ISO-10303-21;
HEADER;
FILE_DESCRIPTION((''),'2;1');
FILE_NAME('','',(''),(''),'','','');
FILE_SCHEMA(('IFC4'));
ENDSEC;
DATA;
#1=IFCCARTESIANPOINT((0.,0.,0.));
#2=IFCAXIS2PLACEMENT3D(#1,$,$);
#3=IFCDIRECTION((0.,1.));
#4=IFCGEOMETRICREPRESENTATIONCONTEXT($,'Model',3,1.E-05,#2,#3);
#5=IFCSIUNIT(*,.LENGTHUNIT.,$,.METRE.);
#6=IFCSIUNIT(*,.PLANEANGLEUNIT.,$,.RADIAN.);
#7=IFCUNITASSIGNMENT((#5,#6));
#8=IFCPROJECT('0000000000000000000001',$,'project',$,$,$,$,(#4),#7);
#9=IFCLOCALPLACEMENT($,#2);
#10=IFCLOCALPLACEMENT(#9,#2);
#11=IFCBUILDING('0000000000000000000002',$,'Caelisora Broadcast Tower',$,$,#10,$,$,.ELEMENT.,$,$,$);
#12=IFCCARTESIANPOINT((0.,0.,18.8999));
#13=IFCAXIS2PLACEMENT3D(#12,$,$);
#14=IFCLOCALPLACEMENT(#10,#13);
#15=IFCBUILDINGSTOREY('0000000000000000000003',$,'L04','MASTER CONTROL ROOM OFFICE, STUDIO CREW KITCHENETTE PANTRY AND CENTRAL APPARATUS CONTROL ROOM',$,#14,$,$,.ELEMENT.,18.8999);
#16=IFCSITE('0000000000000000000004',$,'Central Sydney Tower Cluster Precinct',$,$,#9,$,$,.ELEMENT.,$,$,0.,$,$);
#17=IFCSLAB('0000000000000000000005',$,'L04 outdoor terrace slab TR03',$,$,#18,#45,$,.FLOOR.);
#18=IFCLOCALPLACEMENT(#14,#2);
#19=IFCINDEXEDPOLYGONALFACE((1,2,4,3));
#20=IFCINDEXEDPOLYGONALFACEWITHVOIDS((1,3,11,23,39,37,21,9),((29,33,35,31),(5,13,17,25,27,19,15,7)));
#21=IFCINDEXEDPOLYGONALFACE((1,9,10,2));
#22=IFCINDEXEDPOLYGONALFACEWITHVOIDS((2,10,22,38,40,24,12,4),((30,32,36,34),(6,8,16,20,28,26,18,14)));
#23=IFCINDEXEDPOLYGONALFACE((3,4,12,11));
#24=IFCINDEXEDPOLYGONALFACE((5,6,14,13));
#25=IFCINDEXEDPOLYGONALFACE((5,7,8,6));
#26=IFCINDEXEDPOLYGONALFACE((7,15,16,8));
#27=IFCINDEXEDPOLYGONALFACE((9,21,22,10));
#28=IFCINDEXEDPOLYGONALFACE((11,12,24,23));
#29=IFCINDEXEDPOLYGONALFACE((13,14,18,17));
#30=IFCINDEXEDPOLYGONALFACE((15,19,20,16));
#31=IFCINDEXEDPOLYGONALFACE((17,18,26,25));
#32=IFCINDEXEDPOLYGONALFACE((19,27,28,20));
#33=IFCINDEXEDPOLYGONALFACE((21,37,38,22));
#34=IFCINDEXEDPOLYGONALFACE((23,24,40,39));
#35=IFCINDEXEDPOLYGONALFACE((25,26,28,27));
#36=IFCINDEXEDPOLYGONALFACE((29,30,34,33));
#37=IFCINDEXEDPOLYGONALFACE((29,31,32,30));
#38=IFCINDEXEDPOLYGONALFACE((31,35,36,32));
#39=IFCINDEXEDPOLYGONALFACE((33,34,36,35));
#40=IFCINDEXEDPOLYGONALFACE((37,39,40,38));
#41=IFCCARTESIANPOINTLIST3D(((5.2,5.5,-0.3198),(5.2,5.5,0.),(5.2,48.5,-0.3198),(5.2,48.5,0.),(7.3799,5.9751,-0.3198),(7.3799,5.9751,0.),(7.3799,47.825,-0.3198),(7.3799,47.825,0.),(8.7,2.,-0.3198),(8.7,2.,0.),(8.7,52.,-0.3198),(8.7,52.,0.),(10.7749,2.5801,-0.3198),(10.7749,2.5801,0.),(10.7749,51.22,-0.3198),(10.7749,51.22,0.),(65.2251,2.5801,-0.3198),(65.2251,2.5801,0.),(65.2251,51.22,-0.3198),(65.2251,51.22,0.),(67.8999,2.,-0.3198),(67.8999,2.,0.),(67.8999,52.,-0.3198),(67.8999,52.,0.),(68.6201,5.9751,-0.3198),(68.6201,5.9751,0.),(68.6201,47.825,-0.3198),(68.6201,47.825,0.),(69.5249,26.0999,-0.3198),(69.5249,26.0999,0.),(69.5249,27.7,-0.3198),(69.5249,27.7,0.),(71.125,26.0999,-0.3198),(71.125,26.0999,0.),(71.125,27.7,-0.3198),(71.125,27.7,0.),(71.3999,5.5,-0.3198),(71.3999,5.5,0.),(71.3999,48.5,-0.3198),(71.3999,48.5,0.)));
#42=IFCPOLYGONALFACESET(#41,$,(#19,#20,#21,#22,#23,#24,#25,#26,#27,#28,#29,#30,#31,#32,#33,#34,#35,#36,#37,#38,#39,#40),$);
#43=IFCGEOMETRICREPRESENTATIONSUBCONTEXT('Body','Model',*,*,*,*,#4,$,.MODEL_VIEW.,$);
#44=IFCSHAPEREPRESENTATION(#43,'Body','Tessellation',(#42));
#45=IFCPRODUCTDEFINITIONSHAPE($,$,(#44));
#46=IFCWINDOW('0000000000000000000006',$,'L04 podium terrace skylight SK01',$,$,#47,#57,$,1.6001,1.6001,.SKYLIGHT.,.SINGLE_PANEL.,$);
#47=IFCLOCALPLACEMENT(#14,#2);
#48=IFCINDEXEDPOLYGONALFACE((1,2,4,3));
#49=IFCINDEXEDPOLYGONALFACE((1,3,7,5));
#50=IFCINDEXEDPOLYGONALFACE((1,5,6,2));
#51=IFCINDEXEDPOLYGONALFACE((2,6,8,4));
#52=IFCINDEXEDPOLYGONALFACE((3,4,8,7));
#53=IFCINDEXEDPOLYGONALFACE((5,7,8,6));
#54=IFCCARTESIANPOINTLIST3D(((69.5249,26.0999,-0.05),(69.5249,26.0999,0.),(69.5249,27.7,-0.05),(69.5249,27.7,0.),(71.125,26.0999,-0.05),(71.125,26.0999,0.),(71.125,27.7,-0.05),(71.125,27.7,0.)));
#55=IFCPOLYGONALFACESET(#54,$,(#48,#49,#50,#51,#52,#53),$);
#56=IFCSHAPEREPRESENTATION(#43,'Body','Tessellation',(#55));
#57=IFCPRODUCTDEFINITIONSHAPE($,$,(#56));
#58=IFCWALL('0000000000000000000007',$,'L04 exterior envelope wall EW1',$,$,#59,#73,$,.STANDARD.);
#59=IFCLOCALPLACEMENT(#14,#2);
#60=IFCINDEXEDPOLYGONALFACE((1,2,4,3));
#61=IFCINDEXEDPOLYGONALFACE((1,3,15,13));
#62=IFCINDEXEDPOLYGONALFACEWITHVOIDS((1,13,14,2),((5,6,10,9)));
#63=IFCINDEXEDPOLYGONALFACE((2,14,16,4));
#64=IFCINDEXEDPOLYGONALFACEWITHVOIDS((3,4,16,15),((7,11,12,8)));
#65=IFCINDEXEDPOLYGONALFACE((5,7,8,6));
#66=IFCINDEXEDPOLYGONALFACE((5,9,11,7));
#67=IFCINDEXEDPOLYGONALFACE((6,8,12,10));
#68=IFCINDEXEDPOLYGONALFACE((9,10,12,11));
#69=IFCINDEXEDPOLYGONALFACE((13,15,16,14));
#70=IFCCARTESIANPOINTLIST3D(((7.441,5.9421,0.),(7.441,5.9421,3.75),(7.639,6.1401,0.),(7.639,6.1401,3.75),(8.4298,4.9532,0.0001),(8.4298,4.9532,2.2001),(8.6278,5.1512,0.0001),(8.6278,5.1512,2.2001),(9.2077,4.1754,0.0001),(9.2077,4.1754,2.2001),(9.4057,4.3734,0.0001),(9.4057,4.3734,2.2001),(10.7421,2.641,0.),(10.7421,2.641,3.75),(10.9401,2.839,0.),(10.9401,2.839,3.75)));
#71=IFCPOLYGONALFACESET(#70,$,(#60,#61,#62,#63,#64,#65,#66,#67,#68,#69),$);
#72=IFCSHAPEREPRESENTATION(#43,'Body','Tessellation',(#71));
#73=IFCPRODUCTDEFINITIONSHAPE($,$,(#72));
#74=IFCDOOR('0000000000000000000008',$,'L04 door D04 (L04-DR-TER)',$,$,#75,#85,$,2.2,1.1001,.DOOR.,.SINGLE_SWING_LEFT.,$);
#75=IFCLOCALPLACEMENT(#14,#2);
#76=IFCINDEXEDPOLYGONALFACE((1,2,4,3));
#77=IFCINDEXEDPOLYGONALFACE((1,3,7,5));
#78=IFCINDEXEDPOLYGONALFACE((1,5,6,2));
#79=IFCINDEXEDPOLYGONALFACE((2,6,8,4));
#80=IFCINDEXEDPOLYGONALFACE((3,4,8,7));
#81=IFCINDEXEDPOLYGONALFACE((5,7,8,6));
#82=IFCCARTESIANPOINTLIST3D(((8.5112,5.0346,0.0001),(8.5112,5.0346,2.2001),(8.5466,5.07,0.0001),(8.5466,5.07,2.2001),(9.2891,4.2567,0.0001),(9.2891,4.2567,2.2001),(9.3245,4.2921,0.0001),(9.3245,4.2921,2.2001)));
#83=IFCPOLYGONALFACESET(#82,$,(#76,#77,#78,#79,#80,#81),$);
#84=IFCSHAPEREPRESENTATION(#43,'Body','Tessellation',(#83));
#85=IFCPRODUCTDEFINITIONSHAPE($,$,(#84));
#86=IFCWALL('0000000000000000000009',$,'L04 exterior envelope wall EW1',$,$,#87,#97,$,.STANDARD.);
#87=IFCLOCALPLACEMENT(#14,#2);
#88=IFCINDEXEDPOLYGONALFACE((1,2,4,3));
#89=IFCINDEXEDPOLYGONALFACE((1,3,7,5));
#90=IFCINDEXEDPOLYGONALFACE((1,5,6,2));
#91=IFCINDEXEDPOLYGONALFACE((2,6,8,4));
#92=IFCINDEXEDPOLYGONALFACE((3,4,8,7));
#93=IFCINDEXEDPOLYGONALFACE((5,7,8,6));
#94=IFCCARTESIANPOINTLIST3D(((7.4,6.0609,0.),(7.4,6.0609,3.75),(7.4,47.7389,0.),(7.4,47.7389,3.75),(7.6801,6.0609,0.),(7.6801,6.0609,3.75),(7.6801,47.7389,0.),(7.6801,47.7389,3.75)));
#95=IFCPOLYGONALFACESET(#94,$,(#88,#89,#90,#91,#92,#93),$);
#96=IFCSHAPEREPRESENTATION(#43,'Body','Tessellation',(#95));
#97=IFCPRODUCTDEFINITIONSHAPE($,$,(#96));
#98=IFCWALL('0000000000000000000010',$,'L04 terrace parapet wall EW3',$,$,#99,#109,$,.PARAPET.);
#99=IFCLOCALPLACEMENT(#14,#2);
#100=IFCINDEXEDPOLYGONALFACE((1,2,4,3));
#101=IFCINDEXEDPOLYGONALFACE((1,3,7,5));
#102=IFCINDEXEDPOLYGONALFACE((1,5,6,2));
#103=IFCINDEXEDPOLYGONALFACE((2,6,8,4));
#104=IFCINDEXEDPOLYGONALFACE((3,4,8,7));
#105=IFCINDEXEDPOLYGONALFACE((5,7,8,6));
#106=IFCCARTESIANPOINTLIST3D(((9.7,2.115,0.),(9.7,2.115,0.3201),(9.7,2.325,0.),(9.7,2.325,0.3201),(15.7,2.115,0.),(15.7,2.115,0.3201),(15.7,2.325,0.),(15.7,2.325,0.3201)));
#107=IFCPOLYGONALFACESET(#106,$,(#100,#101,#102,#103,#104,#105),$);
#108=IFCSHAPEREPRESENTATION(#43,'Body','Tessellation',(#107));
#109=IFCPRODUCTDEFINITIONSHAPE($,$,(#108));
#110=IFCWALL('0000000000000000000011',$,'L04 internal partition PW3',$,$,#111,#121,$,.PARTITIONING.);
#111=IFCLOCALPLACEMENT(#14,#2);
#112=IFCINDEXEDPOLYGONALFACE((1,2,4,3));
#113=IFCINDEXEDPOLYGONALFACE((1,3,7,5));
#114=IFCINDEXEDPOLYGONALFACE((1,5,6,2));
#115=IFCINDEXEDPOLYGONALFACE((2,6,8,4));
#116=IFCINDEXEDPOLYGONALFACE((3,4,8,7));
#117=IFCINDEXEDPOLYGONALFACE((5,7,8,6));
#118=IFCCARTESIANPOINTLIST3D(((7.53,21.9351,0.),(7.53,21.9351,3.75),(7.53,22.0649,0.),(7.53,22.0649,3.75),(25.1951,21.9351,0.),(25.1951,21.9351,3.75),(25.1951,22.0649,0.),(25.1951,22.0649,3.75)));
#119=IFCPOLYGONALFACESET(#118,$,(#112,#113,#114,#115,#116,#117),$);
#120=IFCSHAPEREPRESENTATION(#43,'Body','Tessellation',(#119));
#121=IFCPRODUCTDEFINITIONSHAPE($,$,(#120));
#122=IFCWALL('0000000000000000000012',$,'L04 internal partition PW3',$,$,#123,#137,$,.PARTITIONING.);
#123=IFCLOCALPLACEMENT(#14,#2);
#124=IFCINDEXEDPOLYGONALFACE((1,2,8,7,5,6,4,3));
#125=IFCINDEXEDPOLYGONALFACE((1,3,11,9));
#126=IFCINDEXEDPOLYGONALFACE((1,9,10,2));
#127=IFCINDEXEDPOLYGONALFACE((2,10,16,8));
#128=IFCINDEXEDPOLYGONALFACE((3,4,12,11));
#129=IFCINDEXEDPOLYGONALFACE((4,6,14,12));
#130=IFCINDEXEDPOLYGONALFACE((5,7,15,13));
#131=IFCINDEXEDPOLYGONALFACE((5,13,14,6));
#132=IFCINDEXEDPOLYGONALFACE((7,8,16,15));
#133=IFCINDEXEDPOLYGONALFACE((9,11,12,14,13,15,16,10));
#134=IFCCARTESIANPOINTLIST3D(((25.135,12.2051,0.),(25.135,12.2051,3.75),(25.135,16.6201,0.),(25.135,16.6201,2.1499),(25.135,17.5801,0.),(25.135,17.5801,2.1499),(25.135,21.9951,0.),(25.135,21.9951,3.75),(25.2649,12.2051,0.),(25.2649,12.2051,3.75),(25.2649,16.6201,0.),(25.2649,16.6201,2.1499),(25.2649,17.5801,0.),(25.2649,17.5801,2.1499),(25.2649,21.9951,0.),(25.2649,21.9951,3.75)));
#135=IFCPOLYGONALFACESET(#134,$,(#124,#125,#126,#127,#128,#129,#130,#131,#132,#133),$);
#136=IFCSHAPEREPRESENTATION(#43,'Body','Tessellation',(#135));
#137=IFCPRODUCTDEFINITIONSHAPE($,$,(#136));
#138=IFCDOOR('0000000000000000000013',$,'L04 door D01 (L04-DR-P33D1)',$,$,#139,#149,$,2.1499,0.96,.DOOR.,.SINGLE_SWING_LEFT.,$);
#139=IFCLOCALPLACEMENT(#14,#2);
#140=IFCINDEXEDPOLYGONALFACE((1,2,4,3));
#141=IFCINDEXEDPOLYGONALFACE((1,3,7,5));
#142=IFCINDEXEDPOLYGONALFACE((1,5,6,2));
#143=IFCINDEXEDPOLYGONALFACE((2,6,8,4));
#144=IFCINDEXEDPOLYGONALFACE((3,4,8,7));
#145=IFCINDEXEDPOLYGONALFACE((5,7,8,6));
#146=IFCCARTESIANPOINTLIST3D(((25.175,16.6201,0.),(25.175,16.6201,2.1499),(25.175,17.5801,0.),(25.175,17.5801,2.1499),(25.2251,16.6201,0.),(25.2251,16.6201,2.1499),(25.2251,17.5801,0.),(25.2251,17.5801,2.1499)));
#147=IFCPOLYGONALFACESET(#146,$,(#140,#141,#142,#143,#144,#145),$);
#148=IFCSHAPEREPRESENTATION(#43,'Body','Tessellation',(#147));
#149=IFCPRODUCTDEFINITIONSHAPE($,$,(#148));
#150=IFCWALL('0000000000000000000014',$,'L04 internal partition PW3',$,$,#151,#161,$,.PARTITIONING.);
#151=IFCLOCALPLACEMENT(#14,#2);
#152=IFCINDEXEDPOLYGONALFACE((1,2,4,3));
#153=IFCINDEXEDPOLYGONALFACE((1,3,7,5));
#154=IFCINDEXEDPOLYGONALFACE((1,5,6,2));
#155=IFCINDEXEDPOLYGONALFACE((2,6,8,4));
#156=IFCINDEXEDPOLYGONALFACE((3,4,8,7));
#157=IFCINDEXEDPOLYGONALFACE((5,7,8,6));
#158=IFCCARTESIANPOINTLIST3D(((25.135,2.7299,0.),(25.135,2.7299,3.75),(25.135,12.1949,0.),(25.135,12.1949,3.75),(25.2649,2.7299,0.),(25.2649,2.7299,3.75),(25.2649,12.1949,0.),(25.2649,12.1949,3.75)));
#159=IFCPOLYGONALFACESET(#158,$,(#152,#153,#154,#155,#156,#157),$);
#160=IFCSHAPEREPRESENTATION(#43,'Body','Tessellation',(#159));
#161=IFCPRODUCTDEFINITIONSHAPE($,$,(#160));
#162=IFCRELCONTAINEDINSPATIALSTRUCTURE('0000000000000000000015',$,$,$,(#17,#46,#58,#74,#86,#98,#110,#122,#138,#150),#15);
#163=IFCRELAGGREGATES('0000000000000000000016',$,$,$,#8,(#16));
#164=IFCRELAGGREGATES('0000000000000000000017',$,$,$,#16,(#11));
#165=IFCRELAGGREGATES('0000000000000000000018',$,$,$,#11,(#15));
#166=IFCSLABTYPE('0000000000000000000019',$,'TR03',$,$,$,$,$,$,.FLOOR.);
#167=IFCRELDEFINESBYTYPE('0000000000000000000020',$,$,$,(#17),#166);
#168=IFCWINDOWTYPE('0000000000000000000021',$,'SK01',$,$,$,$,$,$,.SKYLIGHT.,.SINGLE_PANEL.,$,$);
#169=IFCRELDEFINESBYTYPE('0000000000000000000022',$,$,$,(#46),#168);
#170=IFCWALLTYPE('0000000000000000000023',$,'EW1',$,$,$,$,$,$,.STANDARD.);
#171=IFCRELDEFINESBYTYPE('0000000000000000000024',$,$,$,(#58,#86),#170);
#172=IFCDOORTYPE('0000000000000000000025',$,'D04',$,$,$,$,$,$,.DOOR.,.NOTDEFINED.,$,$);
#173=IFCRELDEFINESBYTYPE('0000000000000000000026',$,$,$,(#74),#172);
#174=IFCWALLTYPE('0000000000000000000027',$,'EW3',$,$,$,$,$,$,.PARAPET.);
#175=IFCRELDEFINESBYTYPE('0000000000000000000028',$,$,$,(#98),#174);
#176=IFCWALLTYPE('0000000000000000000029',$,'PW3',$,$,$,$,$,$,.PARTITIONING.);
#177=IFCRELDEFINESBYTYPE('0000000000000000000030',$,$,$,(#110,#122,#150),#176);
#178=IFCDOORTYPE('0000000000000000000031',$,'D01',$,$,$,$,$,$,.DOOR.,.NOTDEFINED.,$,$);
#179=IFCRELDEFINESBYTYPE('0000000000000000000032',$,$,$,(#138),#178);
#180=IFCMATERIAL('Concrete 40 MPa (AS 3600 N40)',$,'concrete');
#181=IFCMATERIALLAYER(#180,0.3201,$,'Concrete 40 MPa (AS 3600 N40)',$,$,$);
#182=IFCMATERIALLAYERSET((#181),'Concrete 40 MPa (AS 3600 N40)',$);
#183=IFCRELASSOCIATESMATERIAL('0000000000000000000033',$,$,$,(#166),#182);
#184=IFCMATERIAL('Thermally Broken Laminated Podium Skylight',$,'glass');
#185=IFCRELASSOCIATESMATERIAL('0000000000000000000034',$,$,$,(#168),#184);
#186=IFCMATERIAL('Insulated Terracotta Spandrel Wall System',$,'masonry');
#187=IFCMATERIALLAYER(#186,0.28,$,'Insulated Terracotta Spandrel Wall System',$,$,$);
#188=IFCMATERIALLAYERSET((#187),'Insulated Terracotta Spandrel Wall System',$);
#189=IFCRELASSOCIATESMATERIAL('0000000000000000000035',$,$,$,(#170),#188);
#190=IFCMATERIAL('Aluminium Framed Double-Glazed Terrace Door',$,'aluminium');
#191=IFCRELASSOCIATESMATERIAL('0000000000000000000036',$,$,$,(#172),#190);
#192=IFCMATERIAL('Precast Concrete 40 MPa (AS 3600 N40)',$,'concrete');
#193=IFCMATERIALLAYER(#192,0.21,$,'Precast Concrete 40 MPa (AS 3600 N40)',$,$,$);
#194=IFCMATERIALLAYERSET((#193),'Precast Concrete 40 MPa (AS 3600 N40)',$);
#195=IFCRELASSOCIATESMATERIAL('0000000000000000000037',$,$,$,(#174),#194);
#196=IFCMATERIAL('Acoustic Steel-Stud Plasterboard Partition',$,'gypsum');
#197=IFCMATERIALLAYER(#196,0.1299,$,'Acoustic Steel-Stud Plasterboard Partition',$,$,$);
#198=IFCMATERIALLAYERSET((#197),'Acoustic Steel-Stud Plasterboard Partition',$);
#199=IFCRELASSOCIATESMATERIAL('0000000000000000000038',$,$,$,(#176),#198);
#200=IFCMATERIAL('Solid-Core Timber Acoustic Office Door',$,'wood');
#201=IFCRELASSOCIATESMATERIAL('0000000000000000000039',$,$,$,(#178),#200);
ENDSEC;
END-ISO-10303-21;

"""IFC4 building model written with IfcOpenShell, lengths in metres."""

from ifc_helpers import new_model, si_unit, direction, frame, frame_2d, origin, origin_2d, place, context, subcontext, project, spatial, polyline, rectangle, outline, extrude, material, layer, layer_set, type_object, element, fill, save


model = new_model("IFC4")

# Units and contexts
model_context = context("Model", 3, precision=1e-05, world=origin(), true_north=direction((0.0, 1.0)))
body_context = subcontext(model_context, "Body", "Model", "MODEL_VIEW")
ifc_project = project(units=[si_unit("LENGTHUNIT", "METRE"), si_unit("PLANEANGLEUNIT", "RADIAN")], contexts=[model_context])

# Site, building, storey
site_placement = place(None, origin())
site = spatial("IfcSite", under=ifc_project, at=site_placement, Name="Central Sydney Tower Cluster Precinct", CompositionType="ELEMENT", RefElevation=0.0)
building_placement = place(site_placement, origin())
building = spatial("IfcBuilding", under=site, at=building_placement, Name="Caelisora Broadcast Tower", CompositionType="ELEMENT")
storey_placement = place(building_placement, frame((0.0, 0.0, 18.8999)))
storey = spatial("IfcBuildingStorey", under=building, at=storey_placement, Name="L04", Description="MASTER CONTROL ROOM OFFICE, STUDIO CREW KITCHENETTE PANTRY AND CENTRAL APPARATUS CONTROL ROOM", CompositionType="ELEMENT", Elevation=18.8999)

# Shared definitions
ifc_material_1 = material(Name="Concrete 40 MPa (AS 3600 N40)", Category="concrete")

# Slab, opening, window
ifc_layer_1 = layer(ifc_material_1, 0.3201, Name="Concrete 40 MPa (AS 3600 N40)")
ifc_layer_set_1 = layer_set([ifc_layer_1], Name="Concrete 40 MPa (AS 3600 N40)")
slab_type_1 = type_object("IfcSlabType", Name="TR03", PredefinedType="FLOOR", material=ifc_layer_set_1)
slab_1_placement = place(storey_placement, frame((0.0, 0.0, -0.3198)))
slab_1 = element("IfcSlab", 1, at=slab_1_placement, inside=storey, type_object=slab_type_1, Name="L04 outdoor terrace slab TR03", PredefinedType="FLOOR", context=body_context, shape_type="SweptSolid", body=[
    extrude(outline(polyline([(5.2, 5.5), (5.2, 48.5), (8.7, 52.0), (67.8999, 52.0), (71.3999, 48.5), (71.3999, 5.5), (67.8999, 2.0), (8.7, 2.0), (5.2, 5.5)]), holes=[polyline([(65.2251, 2.5801), (68.6201, 5.9751), (68.6201, 47.825), (65.2251, 51.22), (10.7749, 51.22), (7.3799, 47.825), (7.3799, 5.9751), (10.7749, 2.5801), (65.2251, 2.5801)])]), origin(), (0.0, 0.0, 1.0), 0.3198),
])
opening_1_placement = place(slab_1_placement, frame((70.325, 26.8999, 0.0)))
opening_1 = element("IfcOpeningElement", 2, at=opening_1_placement, cuts=slab_1, PredefinedType="OPENING", context=body_context, shape_type="SweptSolid", body=[
    extrude(rectangle(XDim=1.6001, YDim=1.6001, at=origin_2d()), origin(), (0.0, 0.0, 1.0), 0.3198),
])
ifc_material_2 = material(Name="Thermally Broken Laminated Podium Skylight", Category="glass")
window_type = type_object("IfcWindowType", Name="SK01", PartitioningType="SINGLE_PANEL", PredefinedType="SKYLIGHT", material=ifc_material_2)
window_placement = place(opening_1_placement, frame((0.0, 0.0, 0.2698)))
window = element("IfcWindow", 3, at=window_placement, inside=storey, type_object=window_type, Name="L04 podium terrace skylight SK01", OverallHeight=1.6001, OverallWidth=1.6001, PartitioningType="SINGLE_PANEL", PredefinedType="SKYLIGHT", context=body_context, shape_type="SweptSolid", body=[
    extrude(rectangle(XDim=1.6001, YDim=1.6001, at=origin_2d()), origin(), (0.0, 0.0, 1.0), 0.05),
])
fill(opening_1, window)

# Wall, opening, door
ifc_material_3 = material(Name="Insulated Terracotta Spandrel Wall System", Category="masonry")
ifc_layer_2 = layer(ifc_material_3, 0.28, Name="Insulated Terracotta Spandrel Wall System")
ifc_layer_set_2 = layer_set([ifc_layer_2], Name="Insulated Terracotta Spandrel Wall System")
wall_type_1 = type_object("IfcWallType", Name="EW1", PredefinedType="STANDARD", material=ifc_layer_set_2)
wall_1_placement = place(storey_placement, frame((10.8411, 2.74, 0.0), z_axis=(0.0, 0.0, 1.0), x_axis=(-0.707107, 0.707107, 0.0)))
wall_1 = element("IfcWall", 4, at=wall_1_placement, inside=storey, type_object=wall_type_1, Name="L04 exterior envelope wall EW1", PredefinedType="STANDARD", context=body_context, shape_type="SweptSolid", body=[
    extrude(rectangle(XDim=4.6685, YDim=0.28, at=frame_2d((2.3342, 0.0))), origin(), (0.0, 0.0, 1.0), 3.75),
])
opening_2_placement = place(wall_1_placement, frame((2.1699, 0.0, 0.0)))
opening_2 = element("IfcOpeningElement", 5, at=opening_2_placement, cuts=wall_1, PredefinedType="OPENING", context=body_context, shape_type="SweptSolid", body=[
    extrude(rectangle(XDim=1.1001, YDim=2.2, at=frame_2d((0.55, 1.1001))), frame((0.0, 0.1521, 0.0), z_axis=(0.0, -1.0, 0.0), x_axis=(1.0, 0.0, 0.0)), (0.0, 0.0, 1.0), 0.304),
])
ifc_material_4 = material(Name="Aluminium Framed Double-Glazed Terrace Door", Category="aluminium")
door_type_1 = type_object("IfcDoorType", Name="D04", OperationType="NOTDEFINED", PredefinedType="DOOR", material=ifc_material_4)
door_1_placement = place(opening_2_placement, origin())
door_1 = element("IfcDoor", 6, at=door_1_placement, inside=storey, type_object=door_type_1, Name="L04 door D04 (L04-DR-TER)", OperationType="SINGLE_SWING_LEFT", OverallHeight=2.2, OverallWidth=1.1001, PredefinedType="DOOR", context=body_context, shape_type="SweptSolid", body=[
    extrude(rectangle(XDim=1.1001, YDim=2.2, at=frame_2d((0.55, 1.1001))), frame((0.0, 0.0249, 0.0), z_axis=(0.0, -1.0, 0.0), x_axis=(1.0, 0.0, 0.0)), (0.0, 0.0, 1.0), 0.05),
])
fill(opening_2, door_1)

# Walls
wall_2_placement = place(storey_placement, frame((7.54, 6.061, 0.0), z_axis=(0.0, 0.0, 1.0), x_axis=(0.0, 1.0, 0.0)))
element("IfcWall", 7, at=wall_2_placement, inside=storey, type_object=wall_type_1, Name="L04 exterior envelope wall EW1", PredefinedType="STANDARD", context=body_context, shape_type="SweptSolid", body=[
    extrude(rectangle(XDim=41.678, YDim=0.28, at=frame_2d((20.8389, 0.0))), origin(), (0.0, 0.0, 1.0), 3.75),
])
ifc_material_5 = material(Name="Precast Concrete 40 MPa (AS 3600 N40)", Category="concrete")
ifc_layer_3 = layer(ifc_material_5, 0.21, Name="Precast Concrete 40 MPa (AS 3600 N40)")
ifc_layer_set_3 = layer_set([ifc_layer_3], Name="Precast Concrete 40 MPa (AS 3600 N40)")
wall_type_2 = type_object("IfcWallType", Name="EW3", PredefinedType="PARAPET", material=ifc_layer_set_3)
wall_3_placement = place(storey_placement, frame((9.7, 2.22, 0.0), z_axis=(0.0, 0.0, 1.0), x_axis=(1.0, 0.0, 0.0)))
element("IfcWall", 8, at=wall_3_placement, inside=storey, type_object=wall_type_2, Name="L04 terrace parapet wall EW3", PredefinedType="PARAPET", context=body_context, shape_type="SweptSolid", body=[
    extrude(rectangle(XDim=6.0, YDim=0.21, at=frame_2d((3.0, 0.0))), origin(), (0.0, 0.0, 1.0), 0.3201),
])
ifc_material_6 = material(Name="Acoustic Steel-Stud Plasterboard Partition", Category="gypsum")
ifc_layer_4 = layer(ifc_material_6, 0.1299, Name="Acoustic Steel-Stud Plasterboard Partition")
ifc_layer_set_4 = layer_set([ifc_layer_4], Name="Acoustic Steel-Stud Plasterboard Partition")
wall_type_3 = type_object("IfcWallType", Name="PW3", PredefinedType="PARTITIONING", material=ifc_layer_set_4)
wall_4_placement = place(storey_placement, frame((7.53, 22.0, 0.0), z_axis=(0.0, 0.0, 1.0), x_axis=(1.0, 0.0, 0.0)))
element("IfcWall", 9, at=wall_4_placement, inside=storey, type_object=wall_type_3, Name="L04 internal partition PW3", PredefinedType="PARTITIONING", context=body_context, shape_type="SweptSolid", body=[
    extrude(rectangle(XDim=17.665, YDim=0.1299, at=frame_2d((8.8325, 0.0))), origin(), (0.0, 0.0, 1.0), 3.75),
])

# Wall, opening, door
wall_5_placement = place(storey_placement, frame((25.2, 12.2051, 0.0), z_axis=(0.0, 0.0, 1.0), x_axis=(0.0, 1.0, 0.0)))
wall_5 = element("IfcWall", 10, at=wall_5_placement, inside=storey, type_object=wall_type_3, Name="L04 internal partition PW3", PredefinedType="PARTITIONING", context=body_context, shape_type="SweptSolid", body=[
    extrude(rectangle(XDim=9.79, YDim=0.1299, at=frame_2d((4.895, 0.0))), origin(), (0.0, 0.0, 1.0), 3.75),
])
opening_3_placement = place(wall_5_placement, frame((4.415, 0.0, 0.0)))
opening_3 = element("IfcOpeningElement", 11, at=opening_3_placement, cuts=wall_5, PredefinedType="OPENING", context=body_context, shape_type="SweptSolid", body=[
    extrude(rectangle(XDim=0.96, YDim=2.1499, at=frame_2d((0.48, 1.075))), frame((0.0, 0.0769, 0.0), z_axis=(0.0, -1.0, 0.0), x_axis=(1.0, 0.0, 0.0)), (0.0, 0.0, 1.0), 0.1538),
])
ifc_material_7 = material(Name="Solid-Core Timber Acoustic Office Door", Category="wood")
door_type_2 = type_object("IfcDoorType", Name="D01", OperationType="NOTDEFINED", PredefinedType="DOOR", material=ifc_material_7)
door_2_placement = place(opening_3_placement, origin())
door_2 = element("IfcDoor", 12, at=door_2_placement, inside=storey, type_object=door_type_2, Name="L04 door D01 (L04-DR-P33D1)", OperationType="SINGLE_SWING_LEFT", OverallHeight=2.1499, OverallWidth=0.96, PredefinedType="DOOR", context=body_context, shape_type="SweptSolid", body=[
    extrude(rectangle(XDim=0.96, YDim=2.1499, at=frame_2d((0.48, 1.075))), frame((0.0, 0.0249, 0.0), z_axis=(0.0, -1.0, 0.0), x_axis=(1.0, 0.0, 0.0)), (0.0, 0.0, 1.0), 0.05),
])
fill(opening_3, door_2)

# Wall
wall_6_placement = place(storey_placement, frame((25.2, 2.73, 0.0), z_axis=(0.0, 0.0, 1.0), x_axis=(0.0, 1.0, 0.0)))
element("IfcWall", 13, at=wall_6_placement, inside=storey, type_object=wall_type_3, Name="L04 internal partition PW3", PredefinedType="PARTITIONING", context=body_context, shape_type="SweptSolid", body=[
    extrude(rectangle(XDim=9.4651, YDim=0.1299, at=frame_2d((4.7324, 0.0))), origin(), (0.0, 0.0, 1.0), 3.75),
])

save(model, "model.ifc")
